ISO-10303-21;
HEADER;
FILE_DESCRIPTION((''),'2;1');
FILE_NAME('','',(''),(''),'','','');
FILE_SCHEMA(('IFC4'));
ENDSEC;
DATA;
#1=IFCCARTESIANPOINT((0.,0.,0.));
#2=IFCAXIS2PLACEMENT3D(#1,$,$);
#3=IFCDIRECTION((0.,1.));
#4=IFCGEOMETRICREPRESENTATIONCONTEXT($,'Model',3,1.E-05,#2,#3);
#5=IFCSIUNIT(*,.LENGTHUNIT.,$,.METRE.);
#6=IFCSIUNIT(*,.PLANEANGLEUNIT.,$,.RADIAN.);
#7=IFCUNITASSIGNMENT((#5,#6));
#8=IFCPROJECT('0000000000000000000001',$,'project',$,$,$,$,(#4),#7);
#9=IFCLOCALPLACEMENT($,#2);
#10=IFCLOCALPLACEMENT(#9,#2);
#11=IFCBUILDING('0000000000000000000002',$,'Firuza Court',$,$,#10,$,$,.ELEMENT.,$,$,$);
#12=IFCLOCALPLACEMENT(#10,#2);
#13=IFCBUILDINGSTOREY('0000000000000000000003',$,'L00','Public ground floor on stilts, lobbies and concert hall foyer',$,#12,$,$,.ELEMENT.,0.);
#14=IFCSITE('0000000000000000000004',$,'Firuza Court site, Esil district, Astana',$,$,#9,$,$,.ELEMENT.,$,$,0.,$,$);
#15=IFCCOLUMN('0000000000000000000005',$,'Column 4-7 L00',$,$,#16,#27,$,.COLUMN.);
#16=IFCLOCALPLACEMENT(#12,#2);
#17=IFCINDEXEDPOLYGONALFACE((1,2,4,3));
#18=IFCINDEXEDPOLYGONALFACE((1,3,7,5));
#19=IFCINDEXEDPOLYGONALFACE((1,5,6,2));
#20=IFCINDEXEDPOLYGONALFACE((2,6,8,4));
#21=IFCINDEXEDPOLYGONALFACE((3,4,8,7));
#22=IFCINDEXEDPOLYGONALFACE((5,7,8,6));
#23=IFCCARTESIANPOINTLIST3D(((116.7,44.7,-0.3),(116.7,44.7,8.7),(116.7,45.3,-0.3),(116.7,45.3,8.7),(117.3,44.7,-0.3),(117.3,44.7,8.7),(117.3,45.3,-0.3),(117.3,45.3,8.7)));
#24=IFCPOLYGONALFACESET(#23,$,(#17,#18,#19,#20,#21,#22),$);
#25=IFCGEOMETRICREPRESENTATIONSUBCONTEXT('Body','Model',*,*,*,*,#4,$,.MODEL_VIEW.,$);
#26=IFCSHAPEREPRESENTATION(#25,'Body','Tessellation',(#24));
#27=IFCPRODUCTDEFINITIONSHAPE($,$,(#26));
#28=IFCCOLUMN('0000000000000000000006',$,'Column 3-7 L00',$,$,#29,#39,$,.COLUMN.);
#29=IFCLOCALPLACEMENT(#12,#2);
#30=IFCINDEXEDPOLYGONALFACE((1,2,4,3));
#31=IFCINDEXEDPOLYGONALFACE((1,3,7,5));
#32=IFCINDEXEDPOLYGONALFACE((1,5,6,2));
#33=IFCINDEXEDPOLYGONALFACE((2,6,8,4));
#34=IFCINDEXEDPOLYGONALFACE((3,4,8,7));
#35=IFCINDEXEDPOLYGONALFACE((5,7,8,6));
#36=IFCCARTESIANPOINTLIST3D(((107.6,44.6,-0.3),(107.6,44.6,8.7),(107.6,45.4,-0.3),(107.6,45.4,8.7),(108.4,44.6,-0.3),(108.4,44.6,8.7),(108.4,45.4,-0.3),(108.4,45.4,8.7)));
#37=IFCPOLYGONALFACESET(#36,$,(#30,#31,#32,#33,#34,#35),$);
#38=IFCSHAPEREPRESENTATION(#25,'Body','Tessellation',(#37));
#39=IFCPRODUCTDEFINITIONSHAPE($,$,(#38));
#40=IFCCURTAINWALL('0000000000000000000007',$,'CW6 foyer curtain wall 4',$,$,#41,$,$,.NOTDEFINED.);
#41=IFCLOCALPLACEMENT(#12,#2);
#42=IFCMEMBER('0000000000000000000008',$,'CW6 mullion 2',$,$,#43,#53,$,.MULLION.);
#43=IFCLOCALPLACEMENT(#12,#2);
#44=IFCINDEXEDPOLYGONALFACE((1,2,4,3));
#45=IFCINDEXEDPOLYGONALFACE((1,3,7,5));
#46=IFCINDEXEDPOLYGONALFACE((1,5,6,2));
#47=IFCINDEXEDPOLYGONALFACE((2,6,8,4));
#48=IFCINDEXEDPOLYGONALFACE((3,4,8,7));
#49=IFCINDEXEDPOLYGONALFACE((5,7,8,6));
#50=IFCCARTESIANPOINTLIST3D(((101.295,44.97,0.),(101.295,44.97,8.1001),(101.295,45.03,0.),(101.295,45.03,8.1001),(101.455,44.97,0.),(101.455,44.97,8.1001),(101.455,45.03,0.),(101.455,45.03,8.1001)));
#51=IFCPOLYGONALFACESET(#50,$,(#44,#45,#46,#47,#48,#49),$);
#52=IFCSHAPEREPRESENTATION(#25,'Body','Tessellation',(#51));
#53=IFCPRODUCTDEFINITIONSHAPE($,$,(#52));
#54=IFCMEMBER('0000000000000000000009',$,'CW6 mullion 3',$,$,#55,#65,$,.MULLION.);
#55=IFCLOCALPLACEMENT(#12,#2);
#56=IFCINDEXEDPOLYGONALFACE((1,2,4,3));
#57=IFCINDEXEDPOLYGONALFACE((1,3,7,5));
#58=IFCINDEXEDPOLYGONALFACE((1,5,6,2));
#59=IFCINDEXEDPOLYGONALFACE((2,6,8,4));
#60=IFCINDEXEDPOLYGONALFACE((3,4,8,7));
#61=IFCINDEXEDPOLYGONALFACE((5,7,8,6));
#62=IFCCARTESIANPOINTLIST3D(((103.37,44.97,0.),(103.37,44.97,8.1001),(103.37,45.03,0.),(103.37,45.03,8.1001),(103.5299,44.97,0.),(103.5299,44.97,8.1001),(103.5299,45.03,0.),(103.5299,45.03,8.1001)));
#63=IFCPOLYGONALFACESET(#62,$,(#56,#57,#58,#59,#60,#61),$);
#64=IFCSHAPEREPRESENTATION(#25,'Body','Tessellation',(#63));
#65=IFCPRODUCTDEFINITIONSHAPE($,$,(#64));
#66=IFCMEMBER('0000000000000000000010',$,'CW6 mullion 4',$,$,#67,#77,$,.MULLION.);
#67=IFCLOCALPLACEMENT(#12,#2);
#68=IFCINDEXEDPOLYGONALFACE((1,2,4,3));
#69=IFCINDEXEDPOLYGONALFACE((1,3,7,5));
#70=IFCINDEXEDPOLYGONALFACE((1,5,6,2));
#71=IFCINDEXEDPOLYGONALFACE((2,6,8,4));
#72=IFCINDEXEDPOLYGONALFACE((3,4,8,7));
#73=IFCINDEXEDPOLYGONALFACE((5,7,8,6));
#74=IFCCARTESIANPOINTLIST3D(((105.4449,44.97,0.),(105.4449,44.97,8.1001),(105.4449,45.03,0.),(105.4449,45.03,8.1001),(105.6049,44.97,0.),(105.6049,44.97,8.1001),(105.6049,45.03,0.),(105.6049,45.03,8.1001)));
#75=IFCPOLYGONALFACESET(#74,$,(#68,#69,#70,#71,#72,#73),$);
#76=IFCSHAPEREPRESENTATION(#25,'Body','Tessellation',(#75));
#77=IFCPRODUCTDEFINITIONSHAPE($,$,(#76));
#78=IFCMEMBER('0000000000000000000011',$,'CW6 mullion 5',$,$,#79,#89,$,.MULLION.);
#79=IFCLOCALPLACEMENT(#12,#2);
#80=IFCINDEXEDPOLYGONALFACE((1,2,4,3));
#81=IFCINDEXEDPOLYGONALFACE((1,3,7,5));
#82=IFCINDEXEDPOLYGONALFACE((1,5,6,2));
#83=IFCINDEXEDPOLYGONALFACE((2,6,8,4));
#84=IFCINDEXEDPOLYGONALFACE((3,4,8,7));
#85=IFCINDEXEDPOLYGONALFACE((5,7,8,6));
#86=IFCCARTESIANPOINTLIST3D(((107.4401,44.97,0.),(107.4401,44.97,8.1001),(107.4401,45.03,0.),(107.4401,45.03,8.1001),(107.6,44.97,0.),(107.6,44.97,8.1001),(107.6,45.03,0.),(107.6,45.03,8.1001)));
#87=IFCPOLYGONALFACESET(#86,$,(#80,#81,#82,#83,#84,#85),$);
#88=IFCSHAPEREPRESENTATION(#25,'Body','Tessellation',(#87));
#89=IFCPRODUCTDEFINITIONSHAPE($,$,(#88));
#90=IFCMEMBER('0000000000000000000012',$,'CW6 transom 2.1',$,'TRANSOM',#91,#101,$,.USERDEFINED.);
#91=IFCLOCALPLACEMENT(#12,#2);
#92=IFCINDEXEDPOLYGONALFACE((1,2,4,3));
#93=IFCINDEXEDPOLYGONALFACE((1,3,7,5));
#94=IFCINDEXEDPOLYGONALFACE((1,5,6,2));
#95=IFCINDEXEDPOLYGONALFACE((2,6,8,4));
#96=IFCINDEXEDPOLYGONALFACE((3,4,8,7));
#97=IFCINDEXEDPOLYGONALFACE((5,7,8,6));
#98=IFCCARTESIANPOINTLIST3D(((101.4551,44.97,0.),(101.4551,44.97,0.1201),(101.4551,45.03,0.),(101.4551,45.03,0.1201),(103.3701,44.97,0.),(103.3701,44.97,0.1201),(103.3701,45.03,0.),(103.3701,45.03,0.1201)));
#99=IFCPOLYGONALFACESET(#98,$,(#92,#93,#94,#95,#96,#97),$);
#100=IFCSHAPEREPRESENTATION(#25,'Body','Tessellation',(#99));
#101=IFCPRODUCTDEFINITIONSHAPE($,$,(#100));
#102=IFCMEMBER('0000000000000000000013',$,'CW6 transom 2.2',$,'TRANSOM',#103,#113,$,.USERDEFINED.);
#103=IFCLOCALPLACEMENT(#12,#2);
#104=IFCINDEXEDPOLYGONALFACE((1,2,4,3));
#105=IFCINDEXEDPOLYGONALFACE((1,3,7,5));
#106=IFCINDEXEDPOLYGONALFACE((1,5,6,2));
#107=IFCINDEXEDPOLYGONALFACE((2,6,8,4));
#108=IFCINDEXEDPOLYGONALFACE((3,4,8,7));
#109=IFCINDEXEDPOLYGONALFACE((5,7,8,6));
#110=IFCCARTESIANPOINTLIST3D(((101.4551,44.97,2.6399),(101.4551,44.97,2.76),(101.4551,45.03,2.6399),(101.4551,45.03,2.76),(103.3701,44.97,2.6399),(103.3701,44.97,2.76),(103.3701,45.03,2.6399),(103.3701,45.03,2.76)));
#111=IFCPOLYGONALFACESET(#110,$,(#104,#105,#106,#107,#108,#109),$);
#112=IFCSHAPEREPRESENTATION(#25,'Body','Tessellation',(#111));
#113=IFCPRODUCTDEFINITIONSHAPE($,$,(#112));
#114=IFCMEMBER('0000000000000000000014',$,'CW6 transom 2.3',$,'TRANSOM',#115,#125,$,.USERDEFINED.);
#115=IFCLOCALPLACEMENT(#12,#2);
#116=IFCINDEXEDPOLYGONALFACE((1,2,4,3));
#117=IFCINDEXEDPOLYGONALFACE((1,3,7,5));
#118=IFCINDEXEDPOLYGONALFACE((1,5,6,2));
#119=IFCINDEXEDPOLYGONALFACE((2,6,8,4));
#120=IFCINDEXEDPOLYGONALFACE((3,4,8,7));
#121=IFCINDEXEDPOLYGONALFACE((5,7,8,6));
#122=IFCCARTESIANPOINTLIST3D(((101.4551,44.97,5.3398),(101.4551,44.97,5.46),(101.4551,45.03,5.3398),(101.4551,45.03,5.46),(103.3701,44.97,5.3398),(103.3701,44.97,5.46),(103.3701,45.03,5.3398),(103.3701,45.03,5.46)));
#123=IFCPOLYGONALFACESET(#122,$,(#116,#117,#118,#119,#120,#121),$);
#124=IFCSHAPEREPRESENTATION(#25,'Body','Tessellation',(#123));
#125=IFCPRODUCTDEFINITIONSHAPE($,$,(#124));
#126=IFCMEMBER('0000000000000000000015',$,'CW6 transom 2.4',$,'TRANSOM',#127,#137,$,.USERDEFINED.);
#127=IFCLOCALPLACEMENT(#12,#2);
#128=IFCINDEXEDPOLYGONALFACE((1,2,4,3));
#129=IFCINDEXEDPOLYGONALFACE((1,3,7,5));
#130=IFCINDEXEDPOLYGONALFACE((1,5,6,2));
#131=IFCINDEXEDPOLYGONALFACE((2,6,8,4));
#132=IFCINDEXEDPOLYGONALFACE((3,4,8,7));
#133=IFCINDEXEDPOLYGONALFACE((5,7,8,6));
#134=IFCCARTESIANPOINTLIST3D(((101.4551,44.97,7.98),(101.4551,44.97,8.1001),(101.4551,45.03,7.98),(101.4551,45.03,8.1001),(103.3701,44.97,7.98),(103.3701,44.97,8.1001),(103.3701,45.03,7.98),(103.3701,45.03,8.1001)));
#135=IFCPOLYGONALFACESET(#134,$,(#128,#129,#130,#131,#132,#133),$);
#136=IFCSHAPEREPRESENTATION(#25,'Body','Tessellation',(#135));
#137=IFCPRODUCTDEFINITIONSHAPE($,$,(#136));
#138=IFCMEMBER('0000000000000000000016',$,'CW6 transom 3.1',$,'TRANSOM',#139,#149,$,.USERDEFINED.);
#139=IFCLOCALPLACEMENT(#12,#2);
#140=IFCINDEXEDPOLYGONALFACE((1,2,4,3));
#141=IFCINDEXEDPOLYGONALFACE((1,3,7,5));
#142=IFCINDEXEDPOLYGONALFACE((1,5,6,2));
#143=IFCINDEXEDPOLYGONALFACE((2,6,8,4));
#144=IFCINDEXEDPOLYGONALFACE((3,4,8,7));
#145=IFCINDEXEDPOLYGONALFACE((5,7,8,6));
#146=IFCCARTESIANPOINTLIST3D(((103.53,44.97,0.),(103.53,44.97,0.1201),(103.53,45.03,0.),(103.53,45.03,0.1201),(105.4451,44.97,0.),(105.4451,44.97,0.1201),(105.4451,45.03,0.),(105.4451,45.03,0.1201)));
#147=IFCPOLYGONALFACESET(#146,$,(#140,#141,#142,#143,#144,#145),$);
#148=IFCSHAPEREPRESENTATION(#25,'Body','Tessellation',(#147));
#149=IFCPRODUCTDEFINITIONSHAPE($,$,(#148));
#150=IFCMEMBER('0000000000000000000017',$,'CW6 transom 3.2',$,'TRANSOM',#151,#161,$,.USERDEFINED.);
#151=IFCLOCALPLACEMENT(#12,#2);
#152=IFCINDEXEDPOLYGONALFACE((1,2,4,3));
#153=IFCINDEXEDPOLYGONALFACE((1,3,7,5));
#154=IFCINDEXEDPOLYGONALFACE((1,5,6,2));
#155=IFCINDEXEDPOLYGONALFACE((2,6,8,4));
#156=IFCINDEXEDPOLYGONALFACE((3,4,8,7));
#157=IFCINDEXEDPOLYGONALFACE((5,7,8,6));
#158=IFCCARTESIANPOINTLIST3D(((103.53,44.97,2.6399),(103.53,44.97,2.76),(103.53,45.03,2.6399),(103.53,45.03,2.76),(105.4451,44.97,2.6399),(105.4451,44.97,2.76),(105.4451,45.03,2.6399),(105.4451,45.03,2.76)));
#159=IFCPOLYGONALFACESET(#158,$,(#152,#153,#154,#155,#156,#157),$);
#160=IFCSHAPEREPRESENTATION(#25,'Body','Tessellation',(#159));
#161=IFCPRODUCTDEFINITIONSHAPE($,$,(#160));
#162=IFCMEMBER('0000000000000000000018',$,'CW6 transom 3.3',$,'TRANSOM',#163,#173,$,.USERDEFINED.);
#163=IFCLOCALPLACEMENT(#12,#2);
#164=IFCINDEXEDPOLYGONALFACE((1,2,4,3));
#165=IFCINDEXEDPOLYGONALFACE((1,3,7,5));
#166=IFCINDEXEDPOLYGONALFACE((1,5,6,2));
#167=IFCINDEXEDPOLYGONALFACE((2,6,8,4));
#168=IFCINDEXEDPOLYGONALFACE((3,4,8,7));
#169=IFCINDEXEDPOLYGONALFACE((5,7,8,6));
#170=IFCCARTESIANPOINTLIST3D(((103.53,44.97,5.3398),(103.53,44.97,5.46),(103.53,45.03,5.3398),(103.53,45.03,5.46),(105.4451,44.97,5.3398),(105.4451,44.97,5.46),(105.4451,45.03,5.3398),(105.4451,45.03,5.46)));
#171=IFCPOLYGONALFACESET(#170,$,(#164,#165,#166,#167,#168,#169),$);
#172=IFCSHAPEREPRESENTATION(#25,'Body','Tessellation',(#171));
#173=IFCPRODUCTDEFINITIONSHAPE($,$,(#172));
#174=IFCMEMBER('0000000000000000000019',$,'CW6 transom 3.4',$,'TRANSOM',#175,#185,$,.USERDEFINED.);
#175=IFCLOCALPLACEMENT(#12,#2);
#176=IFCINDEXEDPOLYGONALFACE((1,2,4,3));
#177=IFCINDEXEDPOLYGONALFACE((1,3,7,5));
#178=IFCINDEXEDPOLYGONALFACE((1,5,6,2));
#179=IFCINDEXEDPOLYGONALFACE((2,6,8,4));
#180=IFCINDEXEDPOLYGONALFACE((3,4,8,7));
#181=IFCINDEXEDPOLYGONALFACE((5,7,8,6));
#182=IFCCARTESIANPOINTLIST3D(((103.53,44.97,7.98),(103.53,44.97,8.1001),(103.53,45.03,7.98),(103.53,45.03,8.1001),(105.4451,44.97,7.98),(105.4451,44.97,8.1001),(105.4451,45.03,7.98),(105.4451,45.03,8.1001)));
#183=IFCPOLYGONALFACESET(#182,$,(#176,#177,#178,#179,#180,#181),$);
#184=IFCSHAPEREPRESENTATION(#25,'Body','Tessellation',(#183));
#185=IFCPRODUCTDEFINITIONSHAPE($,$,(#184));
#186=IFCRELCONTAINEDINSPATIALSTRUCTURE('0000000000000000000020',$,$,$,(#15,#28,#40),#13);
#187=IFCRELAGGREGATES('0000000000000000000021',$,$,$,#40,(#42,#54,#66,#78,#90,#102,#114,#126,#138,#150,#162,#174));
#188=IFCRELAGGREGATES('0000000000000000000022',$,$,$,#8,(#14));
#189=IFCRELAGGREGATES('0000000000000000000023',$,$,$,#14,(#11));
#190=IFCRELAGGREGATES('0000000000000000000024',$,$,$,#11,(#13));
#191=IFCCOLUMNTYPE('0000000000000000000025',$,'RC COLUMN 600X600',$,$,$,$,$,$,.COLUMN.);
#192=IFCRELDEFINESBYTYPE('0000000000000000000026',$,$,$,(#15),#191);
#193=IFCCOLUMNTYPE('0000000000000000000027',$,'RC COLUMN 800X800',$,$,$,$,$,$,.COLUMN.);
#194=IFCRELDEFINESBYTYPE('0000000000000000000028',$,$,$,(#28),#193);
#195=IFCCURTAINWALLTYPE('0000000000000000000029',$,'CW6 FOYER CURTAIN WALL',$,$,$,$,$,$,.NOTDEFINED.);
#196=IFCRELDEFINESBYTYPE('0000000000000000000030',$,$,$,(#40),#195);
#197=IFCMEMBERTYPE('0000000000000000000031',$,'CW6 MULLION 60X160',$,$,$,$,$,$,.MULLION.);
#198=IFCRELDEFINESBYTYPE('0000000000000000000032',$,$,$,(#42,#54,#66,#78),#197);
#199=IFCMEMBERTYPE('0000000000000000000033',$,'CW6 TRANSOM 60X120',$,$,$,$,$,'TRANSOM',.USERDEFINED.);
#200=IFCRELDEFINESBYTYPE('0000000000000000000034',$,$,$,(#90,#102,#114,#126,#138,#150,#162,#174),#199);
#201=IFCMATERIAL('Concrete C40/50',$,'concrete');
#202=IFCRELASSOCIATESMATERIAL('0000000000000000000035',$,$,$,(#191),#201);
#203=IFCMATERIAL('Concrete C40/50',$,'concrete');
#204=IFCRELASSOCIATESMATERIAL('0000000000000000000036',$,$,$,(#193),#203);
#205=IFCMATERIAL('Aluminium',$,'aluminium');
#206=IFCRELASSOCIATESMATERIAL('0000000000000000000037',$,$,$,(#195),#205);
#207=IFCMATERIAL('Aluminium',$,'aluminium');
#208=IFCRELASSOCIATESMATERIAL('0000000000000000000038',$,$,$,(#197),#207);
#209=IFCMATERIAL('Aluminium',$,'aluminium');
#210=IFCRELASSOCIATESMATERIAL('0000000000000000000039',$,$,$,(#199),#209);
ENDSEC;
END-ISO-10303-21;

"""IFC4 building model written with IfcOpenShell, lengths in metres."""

from ifc_helpers import new_model, si_unit, direction, frame, origin, origin_2d, place, context, subcontext, project, spatial, rectangle, extrude, material, material_profile, profile_set, type_object, element, aggregate, save


model = new_model("IFC4")

# Units and contexts
model_context = context("Model", 3, precision=1e-05, world=origin(), true_north=direction((0.0, 1.0)))
body_context = subcontext(model_context, "Body", "Model", "MODEL_VIEW")
ifc_project = project(units=[si_unit("LENGTHUNIT", "METRE"), si_unit("PLANEANGLEUNIT", "RADIAN")], contexts=[model_context])

# Site, building, storey
site_placement = place(None, origin())
site = spatial("IfcSite", under=ifc_project, at=site_placement, Name="Firuza Court site, Esil district, Astana", CompositionType="ELEMENT", RefElevation=0.0)
building_placement = place(site_placement, origin())
building = spatial("IfcBuilding", under=site, at=building_placement, Name="Firuza Court", CompositionType="ELEMENT")
storey_placement = place(building_placement, origin())
storey = spatial("IfcBuildingStorey", under=building, at=storey_placement, Name="L00", Description="Public ground floor on stilts, lobbies and concert hall foyer", CompositionType="ELEMENT", Elevation=0.0)

# Columns
ifc_material_1 = material(Name="Concrete C40/50", Category="concrete")
ifc_material_profile_1 = material_profile(ifc_material_1, rectangle(XDim=0.6001, YDim=0.6001, at=origin_2d()), Name="RC 600X600")
ifc_profile_set_1 = profile_set([ifc_material_profile_1], Name="Concrete C40/50")
column_type_1 = type_object("IfcColumnType", Name="RC COLUMN 600X600", PredefinedType="COLUMN", material=ifc_profile_set_1)
column_1_placement = place(storey_placement, frame((117.0, 45.0, -0.3), z_axis=(0.0, 0.0, 1.0), x_axis=(1.0, 0.0, 0.0)))
element("IfcColumn", 1, at=column_1_placement, inside=storey, type_object=column_type_1, Name="Column 4-7 L00", PredefinedType="COLUMN", context=body_context, shape_type="SweptSolid", body=[
    extrude(rectangle(XDim=0.6001, YDim=0.6001, at=origin_2d()), origin(), (0.0, 0.0, 1.0), 9.0),
])
ifc_material_2 = material(Name="Concrete C40/50", Category="concrete")
ifc_material_profile_2 = material_profile(ifc_material_2, rectangle(XDim=0.8, YDim=0.8, at=origin_2d()), Name="RC 800X800")
ifc_profile_set_2 = profile_set([ifc_material_profile_2], Name="Concrete C40/50")
column_type_2 = type_object("IfcColumnType", Name="RC COLUMN 800X800", PredefinedType="COLUMN", material=ifc_profile_set_2)
column_2_placement = place(storey_placement, frame((108.0, 45.0, -0.3), z_axis=(0.0, 0.0, 1.0), x_axis=(1.0, 0.0, 0.0)))
element("IfcColumn", 2, at=column_2_placement, inside=storey, type_object=column_type_2, Name="Column 3-7 L00", PredefinedType="COLUMN", context=body_context, shape_type="SweptSolid", body=[
    extrude(rectangle(XDim=0.8, YDim=0.8, at=origin_2d()), origin(), (0.0, 0.0, 1.0), 9.0),
])

# Curtain wall, members
ifc_material_3 = material(Name="Aluminium", Category="aluminium")
curtain_wall_type = type_object("IfcCurtainWallType", Name="CW6 FOYER CURTAIN WALL", PredefinedType="NOTDEFINED", material=ifc_material_3)
curtain_wall_placement = place(storey_placement, origin())
curtain_wall = element("IfcCurtainWall", 3, at=curtain_wall_placement, inside=storey, type_object=curtain_wall_type, Name="CW6 foyer curtain wall 4", PredefinedType="NOTDEFINED")
ifc_material_4 = material(Name="Aluminium", Category="aluminium")
ifc_material_profile_3 = material_profile(ifc_material_4, rectangle(XDim=0.0601, YDim=0.1599, at=origin_2d()), Name="MULLION 60X160")
ifc_profile_set_3 = profile_set([ifc_material_profile_3], Name="Aluminium")
member_type_1 = type_object("IfcMemberType", Name="CW6 MULLION 60X160", PredefinedType="MULLION", material=ifc_profile_set_3)
member_1_placement = place(storey_placement, frame((101.375, 45.0, 0.0), z_axis=(0.0, 0.0, 1.0), x_axis=(0.0, 1.0, 0.0)))
member_1 = element("IfcMember", 4, at=member_1_placement, type_object=member_type_1, Name="CW6 mullion 2", PredefinedType="MULLION", context=body_context, shape_type="SweptSolid", body=[
    extrude(rectangle(XDim=0.0601, YDim=0.1599, at=origin_2d()), origin(), (0.0, 0.0, 1.0), 8.1001),
])
member_2_placement = place(storey_placement, frame((103.45, 45.0, 0.0), z_axis=(0.0, 0.0, 1.0), x_axis=(0.0, 1.0, 0.0)))
member_2 = element("IfcMember", 5, at=member_2_placement, type_object=member_type_1, Name="CW6 mullion 3", PredefinedType="MULLION", context=body_context, shape_type="SweptSolid", body=[
    extrude(rectangle(XDim=0.0601, YDim=0.1599, at=origin_2d()), origin(), (0.0, 0.0, 1.0), 8.1001),
])
member_3_placement = place(storey_placement, frame((105.5249, 45.0, 0.0), z_axis=(0.0, 0.0, 1.0), x_axis=(0.0, 1.0, 0.0)))
member_3 = element("IfcMember", 6, at=member_3_placement, type_object=member_type_1, Name="CW6 mullion 4", PredefinedType="MULLION", context=body_context, shape_type="SweptSolid", body=[
    extrude(rectangle(XDim=0.0601, YDim=0.1599, at=origin_2d()), origin(), (0.0, 0.0, 1.0), 8.1001),
])
member_4_placement = place(storey_placement, frame((107.52, 45.0, 0.0), z_axis=(0.0, 0.0, 1.0), x_axis=(0.0, 1.0, 0.0)))
member_4 = element("IfcMember", 7, at=member_4_placement, type_object=member_type_1, Name="CW6 mullion 5", PredefinedType="MULLION", context=body_context, shape_type="SweptSolid", body=[
    extrude(rectangle(XDim=0.0601, YDim=0.1599, at=origin_2d()), origin(), (0.0, 0.0, 1.0), 8.1001),
])
ifc_material_5 = material(Name="Aluminium", Category="aluminium")
ifc_material_profile_4 = material_profile(ifc_material_5, rectangle(XDim=0.0601, YDim=0.1201, at=origin_2d()), Name="TRANSOM 60X120")
ifc_profile_set_4 = profile_set([ifc_material_profile_4], Name="Aluminium")
member_type_2 = type_object("IfcMemberType", Name="CW6 TRANSOM 60X120", ElementType="TRANSOM", PredefinedType="USERDEFINED", material=ifc_profile_set_4)
member_5_placement = place(storey_placement, frame((101.4551, 45.0, 0.0601), z_axis=(1.0, 0.0, 0.0), x_axis=(0.0, 1.0, 0.0)))
member_5 = element("IfcMember", 8, at=member_5_placement, type_object=member_type_2, Name="CW6 transom 2.1", ObjectType="TRANSOM", PredefinedType="USERDEFINED", context=body_context, shape_type="SweptSolid", body=[
    extrude(rectangle(XDim=0.0601, YDim=0.1201, at=origin_2d()), origin(), (0.0, 0.0, 1.0), 1.915),
])
member_6_placement = place(storey_placement, frame((101.4551, 45.0, 2.7), z_axis=(1.0, 0.0, 0.0), x_axis=(0.0, 1.0, 0.0)))
member_6 = element("IfcMember", 9, at=member_6_placement, type_object=member_type_2, Name="CW6 transom 2.2", ObjectType="TRANSOM", PredefinedType="USERDEFINED", context=body_context, shape_type="SweptSolid", body=[
    extrude(rectangle(XDim=0.0601, YDim=0.1201, at=origin_2d()), origin(), (0.0, 0.0, 1.0), 1.915),
])
member_7_placement = place(storey_placement, frame((101.4551, 45.0, 5.3999), z_axis=(1.0, 0.0, 0.0), x_axis=(0.0, 1.0, 0.0)))
member_7 = element("IfcMember", 10, at=member_7_placement, type_object=member_type_2, Name="CW6 transom 2.3", ObjectType="TRANSOM", PredefinedType="USERDEFINED", context=body_context, shape_type="SweptSolid", body=[
    extrude(rectangle(XDim=0.0601, YDim=0.1201, at=origin_2d()), origin(), (0.0, 0.0, 1.0), 1.915),
])
member_8_placement = place(storey_placement, frame((101.4551, 45.0, 8.04), z_axis=(1.0, 0.0, 0.0), x_axis=(0.0, 1.0, 0.0)))
member_8 = element("IfcMember", 11, at=member_8_placement, type_object=member_type_2, Name="CW6 transom 2.4", ObjectType="TRANSOM", PredefinedType="USERDEFINED", context=body_context, shape_type="SweptSolid", body=[
    extrude(rectangle(XDim=0.0601, YDim=0.1201, at=origin_2d()), origin(), (0.0, 0.0, 1.0), 1.915),
])
member_9_placement = place(storey_placement, frame((103.53, 45.0, 0.0601), z_axis=(1.0, 0.0, 0.0), x_axis=(0.0, 1.0, 0.0)))
member_9 = element("IfcMember", 12, at=member_9_placement, type_object=member_type_2, Name="CW6 transom 3.1", ObjectType="TRANSOM", PredefinedType="USERDEFINED", context=body_context, shape_type="SweptSolid", body=[
    extrude(rectangle(XDim=0.0601, YDim=0.1201, at=origin_2d()), origin(), (0.0, 0.0, 1.0), 1.915),
])
member_10_placement = place(storey_placement, frame((103.53, 45.0, 2.7), z_axis=(1.0, 0.0, 0.0), x_axis=(0.0, 1.0, 0.0)))
member_10 = element("IfcMember", 13, at=member_10_placement, type_object=member_type_2, Name="CW6 transom 3.2", ObjectType="TRANSOM", PredefinedType="USERDEFINED", context=body_context, shape_type="SweptSolid", body=[
    extrude(rectangle(XDim=0.0601, YDim=0.1201, at=origin_2d()), origin(), (0.0, 0.0, 1.0), 1.915),
])
member_11_placement = place(storey_placement, frame((103.53, 45.0, 5.3999), z_axis=(1.0, 0.0, 0.0), x_axis=(0.0, 1.0, 0.0)))
member_11 = element("IfcMember", 14, at=member_11_placement, type_object=member_type_2, Name="CW6 transom 3.3", ObjectType="TRANSOM", PredefinedType="USERDEFINED", context=body_context, shape_type="SweptSolid", body=[
    extrude(rectangle(XDim=0.0601, YDim=0.1201, at=origin_2d()), origin(), (0.0, 0.0, 1.0), 1.915),
])
member_12_placement = place(storey_placement, frame((103.53, 45.0, 8.04), z_axis=(1.0, 0.0, 0.0), x_axis=(0.0, 1.0, 0.0)))
member_12 = element("IfcMember", 15, at=member_12_placement, type_object=member_type_2, Name="CW6 transom 3.4", ObjectType="TRANSOM", PredefinedType="USERDEFINED", context=body_context, shape_type="SweptSolid", body=[
    extrude(rectangle(XDim=0.0601, YDim=0.1201, at=origin_2d()), origin(), (0.0, 0.0, 1.0), 1.915),
])
aggregate(curtain_wall, [member_1, member_2, member_3, member_4, member_5, member_6, member_7, member_8, member_9, member_10, member_11, member_12])

save(model, "model.ifc")
